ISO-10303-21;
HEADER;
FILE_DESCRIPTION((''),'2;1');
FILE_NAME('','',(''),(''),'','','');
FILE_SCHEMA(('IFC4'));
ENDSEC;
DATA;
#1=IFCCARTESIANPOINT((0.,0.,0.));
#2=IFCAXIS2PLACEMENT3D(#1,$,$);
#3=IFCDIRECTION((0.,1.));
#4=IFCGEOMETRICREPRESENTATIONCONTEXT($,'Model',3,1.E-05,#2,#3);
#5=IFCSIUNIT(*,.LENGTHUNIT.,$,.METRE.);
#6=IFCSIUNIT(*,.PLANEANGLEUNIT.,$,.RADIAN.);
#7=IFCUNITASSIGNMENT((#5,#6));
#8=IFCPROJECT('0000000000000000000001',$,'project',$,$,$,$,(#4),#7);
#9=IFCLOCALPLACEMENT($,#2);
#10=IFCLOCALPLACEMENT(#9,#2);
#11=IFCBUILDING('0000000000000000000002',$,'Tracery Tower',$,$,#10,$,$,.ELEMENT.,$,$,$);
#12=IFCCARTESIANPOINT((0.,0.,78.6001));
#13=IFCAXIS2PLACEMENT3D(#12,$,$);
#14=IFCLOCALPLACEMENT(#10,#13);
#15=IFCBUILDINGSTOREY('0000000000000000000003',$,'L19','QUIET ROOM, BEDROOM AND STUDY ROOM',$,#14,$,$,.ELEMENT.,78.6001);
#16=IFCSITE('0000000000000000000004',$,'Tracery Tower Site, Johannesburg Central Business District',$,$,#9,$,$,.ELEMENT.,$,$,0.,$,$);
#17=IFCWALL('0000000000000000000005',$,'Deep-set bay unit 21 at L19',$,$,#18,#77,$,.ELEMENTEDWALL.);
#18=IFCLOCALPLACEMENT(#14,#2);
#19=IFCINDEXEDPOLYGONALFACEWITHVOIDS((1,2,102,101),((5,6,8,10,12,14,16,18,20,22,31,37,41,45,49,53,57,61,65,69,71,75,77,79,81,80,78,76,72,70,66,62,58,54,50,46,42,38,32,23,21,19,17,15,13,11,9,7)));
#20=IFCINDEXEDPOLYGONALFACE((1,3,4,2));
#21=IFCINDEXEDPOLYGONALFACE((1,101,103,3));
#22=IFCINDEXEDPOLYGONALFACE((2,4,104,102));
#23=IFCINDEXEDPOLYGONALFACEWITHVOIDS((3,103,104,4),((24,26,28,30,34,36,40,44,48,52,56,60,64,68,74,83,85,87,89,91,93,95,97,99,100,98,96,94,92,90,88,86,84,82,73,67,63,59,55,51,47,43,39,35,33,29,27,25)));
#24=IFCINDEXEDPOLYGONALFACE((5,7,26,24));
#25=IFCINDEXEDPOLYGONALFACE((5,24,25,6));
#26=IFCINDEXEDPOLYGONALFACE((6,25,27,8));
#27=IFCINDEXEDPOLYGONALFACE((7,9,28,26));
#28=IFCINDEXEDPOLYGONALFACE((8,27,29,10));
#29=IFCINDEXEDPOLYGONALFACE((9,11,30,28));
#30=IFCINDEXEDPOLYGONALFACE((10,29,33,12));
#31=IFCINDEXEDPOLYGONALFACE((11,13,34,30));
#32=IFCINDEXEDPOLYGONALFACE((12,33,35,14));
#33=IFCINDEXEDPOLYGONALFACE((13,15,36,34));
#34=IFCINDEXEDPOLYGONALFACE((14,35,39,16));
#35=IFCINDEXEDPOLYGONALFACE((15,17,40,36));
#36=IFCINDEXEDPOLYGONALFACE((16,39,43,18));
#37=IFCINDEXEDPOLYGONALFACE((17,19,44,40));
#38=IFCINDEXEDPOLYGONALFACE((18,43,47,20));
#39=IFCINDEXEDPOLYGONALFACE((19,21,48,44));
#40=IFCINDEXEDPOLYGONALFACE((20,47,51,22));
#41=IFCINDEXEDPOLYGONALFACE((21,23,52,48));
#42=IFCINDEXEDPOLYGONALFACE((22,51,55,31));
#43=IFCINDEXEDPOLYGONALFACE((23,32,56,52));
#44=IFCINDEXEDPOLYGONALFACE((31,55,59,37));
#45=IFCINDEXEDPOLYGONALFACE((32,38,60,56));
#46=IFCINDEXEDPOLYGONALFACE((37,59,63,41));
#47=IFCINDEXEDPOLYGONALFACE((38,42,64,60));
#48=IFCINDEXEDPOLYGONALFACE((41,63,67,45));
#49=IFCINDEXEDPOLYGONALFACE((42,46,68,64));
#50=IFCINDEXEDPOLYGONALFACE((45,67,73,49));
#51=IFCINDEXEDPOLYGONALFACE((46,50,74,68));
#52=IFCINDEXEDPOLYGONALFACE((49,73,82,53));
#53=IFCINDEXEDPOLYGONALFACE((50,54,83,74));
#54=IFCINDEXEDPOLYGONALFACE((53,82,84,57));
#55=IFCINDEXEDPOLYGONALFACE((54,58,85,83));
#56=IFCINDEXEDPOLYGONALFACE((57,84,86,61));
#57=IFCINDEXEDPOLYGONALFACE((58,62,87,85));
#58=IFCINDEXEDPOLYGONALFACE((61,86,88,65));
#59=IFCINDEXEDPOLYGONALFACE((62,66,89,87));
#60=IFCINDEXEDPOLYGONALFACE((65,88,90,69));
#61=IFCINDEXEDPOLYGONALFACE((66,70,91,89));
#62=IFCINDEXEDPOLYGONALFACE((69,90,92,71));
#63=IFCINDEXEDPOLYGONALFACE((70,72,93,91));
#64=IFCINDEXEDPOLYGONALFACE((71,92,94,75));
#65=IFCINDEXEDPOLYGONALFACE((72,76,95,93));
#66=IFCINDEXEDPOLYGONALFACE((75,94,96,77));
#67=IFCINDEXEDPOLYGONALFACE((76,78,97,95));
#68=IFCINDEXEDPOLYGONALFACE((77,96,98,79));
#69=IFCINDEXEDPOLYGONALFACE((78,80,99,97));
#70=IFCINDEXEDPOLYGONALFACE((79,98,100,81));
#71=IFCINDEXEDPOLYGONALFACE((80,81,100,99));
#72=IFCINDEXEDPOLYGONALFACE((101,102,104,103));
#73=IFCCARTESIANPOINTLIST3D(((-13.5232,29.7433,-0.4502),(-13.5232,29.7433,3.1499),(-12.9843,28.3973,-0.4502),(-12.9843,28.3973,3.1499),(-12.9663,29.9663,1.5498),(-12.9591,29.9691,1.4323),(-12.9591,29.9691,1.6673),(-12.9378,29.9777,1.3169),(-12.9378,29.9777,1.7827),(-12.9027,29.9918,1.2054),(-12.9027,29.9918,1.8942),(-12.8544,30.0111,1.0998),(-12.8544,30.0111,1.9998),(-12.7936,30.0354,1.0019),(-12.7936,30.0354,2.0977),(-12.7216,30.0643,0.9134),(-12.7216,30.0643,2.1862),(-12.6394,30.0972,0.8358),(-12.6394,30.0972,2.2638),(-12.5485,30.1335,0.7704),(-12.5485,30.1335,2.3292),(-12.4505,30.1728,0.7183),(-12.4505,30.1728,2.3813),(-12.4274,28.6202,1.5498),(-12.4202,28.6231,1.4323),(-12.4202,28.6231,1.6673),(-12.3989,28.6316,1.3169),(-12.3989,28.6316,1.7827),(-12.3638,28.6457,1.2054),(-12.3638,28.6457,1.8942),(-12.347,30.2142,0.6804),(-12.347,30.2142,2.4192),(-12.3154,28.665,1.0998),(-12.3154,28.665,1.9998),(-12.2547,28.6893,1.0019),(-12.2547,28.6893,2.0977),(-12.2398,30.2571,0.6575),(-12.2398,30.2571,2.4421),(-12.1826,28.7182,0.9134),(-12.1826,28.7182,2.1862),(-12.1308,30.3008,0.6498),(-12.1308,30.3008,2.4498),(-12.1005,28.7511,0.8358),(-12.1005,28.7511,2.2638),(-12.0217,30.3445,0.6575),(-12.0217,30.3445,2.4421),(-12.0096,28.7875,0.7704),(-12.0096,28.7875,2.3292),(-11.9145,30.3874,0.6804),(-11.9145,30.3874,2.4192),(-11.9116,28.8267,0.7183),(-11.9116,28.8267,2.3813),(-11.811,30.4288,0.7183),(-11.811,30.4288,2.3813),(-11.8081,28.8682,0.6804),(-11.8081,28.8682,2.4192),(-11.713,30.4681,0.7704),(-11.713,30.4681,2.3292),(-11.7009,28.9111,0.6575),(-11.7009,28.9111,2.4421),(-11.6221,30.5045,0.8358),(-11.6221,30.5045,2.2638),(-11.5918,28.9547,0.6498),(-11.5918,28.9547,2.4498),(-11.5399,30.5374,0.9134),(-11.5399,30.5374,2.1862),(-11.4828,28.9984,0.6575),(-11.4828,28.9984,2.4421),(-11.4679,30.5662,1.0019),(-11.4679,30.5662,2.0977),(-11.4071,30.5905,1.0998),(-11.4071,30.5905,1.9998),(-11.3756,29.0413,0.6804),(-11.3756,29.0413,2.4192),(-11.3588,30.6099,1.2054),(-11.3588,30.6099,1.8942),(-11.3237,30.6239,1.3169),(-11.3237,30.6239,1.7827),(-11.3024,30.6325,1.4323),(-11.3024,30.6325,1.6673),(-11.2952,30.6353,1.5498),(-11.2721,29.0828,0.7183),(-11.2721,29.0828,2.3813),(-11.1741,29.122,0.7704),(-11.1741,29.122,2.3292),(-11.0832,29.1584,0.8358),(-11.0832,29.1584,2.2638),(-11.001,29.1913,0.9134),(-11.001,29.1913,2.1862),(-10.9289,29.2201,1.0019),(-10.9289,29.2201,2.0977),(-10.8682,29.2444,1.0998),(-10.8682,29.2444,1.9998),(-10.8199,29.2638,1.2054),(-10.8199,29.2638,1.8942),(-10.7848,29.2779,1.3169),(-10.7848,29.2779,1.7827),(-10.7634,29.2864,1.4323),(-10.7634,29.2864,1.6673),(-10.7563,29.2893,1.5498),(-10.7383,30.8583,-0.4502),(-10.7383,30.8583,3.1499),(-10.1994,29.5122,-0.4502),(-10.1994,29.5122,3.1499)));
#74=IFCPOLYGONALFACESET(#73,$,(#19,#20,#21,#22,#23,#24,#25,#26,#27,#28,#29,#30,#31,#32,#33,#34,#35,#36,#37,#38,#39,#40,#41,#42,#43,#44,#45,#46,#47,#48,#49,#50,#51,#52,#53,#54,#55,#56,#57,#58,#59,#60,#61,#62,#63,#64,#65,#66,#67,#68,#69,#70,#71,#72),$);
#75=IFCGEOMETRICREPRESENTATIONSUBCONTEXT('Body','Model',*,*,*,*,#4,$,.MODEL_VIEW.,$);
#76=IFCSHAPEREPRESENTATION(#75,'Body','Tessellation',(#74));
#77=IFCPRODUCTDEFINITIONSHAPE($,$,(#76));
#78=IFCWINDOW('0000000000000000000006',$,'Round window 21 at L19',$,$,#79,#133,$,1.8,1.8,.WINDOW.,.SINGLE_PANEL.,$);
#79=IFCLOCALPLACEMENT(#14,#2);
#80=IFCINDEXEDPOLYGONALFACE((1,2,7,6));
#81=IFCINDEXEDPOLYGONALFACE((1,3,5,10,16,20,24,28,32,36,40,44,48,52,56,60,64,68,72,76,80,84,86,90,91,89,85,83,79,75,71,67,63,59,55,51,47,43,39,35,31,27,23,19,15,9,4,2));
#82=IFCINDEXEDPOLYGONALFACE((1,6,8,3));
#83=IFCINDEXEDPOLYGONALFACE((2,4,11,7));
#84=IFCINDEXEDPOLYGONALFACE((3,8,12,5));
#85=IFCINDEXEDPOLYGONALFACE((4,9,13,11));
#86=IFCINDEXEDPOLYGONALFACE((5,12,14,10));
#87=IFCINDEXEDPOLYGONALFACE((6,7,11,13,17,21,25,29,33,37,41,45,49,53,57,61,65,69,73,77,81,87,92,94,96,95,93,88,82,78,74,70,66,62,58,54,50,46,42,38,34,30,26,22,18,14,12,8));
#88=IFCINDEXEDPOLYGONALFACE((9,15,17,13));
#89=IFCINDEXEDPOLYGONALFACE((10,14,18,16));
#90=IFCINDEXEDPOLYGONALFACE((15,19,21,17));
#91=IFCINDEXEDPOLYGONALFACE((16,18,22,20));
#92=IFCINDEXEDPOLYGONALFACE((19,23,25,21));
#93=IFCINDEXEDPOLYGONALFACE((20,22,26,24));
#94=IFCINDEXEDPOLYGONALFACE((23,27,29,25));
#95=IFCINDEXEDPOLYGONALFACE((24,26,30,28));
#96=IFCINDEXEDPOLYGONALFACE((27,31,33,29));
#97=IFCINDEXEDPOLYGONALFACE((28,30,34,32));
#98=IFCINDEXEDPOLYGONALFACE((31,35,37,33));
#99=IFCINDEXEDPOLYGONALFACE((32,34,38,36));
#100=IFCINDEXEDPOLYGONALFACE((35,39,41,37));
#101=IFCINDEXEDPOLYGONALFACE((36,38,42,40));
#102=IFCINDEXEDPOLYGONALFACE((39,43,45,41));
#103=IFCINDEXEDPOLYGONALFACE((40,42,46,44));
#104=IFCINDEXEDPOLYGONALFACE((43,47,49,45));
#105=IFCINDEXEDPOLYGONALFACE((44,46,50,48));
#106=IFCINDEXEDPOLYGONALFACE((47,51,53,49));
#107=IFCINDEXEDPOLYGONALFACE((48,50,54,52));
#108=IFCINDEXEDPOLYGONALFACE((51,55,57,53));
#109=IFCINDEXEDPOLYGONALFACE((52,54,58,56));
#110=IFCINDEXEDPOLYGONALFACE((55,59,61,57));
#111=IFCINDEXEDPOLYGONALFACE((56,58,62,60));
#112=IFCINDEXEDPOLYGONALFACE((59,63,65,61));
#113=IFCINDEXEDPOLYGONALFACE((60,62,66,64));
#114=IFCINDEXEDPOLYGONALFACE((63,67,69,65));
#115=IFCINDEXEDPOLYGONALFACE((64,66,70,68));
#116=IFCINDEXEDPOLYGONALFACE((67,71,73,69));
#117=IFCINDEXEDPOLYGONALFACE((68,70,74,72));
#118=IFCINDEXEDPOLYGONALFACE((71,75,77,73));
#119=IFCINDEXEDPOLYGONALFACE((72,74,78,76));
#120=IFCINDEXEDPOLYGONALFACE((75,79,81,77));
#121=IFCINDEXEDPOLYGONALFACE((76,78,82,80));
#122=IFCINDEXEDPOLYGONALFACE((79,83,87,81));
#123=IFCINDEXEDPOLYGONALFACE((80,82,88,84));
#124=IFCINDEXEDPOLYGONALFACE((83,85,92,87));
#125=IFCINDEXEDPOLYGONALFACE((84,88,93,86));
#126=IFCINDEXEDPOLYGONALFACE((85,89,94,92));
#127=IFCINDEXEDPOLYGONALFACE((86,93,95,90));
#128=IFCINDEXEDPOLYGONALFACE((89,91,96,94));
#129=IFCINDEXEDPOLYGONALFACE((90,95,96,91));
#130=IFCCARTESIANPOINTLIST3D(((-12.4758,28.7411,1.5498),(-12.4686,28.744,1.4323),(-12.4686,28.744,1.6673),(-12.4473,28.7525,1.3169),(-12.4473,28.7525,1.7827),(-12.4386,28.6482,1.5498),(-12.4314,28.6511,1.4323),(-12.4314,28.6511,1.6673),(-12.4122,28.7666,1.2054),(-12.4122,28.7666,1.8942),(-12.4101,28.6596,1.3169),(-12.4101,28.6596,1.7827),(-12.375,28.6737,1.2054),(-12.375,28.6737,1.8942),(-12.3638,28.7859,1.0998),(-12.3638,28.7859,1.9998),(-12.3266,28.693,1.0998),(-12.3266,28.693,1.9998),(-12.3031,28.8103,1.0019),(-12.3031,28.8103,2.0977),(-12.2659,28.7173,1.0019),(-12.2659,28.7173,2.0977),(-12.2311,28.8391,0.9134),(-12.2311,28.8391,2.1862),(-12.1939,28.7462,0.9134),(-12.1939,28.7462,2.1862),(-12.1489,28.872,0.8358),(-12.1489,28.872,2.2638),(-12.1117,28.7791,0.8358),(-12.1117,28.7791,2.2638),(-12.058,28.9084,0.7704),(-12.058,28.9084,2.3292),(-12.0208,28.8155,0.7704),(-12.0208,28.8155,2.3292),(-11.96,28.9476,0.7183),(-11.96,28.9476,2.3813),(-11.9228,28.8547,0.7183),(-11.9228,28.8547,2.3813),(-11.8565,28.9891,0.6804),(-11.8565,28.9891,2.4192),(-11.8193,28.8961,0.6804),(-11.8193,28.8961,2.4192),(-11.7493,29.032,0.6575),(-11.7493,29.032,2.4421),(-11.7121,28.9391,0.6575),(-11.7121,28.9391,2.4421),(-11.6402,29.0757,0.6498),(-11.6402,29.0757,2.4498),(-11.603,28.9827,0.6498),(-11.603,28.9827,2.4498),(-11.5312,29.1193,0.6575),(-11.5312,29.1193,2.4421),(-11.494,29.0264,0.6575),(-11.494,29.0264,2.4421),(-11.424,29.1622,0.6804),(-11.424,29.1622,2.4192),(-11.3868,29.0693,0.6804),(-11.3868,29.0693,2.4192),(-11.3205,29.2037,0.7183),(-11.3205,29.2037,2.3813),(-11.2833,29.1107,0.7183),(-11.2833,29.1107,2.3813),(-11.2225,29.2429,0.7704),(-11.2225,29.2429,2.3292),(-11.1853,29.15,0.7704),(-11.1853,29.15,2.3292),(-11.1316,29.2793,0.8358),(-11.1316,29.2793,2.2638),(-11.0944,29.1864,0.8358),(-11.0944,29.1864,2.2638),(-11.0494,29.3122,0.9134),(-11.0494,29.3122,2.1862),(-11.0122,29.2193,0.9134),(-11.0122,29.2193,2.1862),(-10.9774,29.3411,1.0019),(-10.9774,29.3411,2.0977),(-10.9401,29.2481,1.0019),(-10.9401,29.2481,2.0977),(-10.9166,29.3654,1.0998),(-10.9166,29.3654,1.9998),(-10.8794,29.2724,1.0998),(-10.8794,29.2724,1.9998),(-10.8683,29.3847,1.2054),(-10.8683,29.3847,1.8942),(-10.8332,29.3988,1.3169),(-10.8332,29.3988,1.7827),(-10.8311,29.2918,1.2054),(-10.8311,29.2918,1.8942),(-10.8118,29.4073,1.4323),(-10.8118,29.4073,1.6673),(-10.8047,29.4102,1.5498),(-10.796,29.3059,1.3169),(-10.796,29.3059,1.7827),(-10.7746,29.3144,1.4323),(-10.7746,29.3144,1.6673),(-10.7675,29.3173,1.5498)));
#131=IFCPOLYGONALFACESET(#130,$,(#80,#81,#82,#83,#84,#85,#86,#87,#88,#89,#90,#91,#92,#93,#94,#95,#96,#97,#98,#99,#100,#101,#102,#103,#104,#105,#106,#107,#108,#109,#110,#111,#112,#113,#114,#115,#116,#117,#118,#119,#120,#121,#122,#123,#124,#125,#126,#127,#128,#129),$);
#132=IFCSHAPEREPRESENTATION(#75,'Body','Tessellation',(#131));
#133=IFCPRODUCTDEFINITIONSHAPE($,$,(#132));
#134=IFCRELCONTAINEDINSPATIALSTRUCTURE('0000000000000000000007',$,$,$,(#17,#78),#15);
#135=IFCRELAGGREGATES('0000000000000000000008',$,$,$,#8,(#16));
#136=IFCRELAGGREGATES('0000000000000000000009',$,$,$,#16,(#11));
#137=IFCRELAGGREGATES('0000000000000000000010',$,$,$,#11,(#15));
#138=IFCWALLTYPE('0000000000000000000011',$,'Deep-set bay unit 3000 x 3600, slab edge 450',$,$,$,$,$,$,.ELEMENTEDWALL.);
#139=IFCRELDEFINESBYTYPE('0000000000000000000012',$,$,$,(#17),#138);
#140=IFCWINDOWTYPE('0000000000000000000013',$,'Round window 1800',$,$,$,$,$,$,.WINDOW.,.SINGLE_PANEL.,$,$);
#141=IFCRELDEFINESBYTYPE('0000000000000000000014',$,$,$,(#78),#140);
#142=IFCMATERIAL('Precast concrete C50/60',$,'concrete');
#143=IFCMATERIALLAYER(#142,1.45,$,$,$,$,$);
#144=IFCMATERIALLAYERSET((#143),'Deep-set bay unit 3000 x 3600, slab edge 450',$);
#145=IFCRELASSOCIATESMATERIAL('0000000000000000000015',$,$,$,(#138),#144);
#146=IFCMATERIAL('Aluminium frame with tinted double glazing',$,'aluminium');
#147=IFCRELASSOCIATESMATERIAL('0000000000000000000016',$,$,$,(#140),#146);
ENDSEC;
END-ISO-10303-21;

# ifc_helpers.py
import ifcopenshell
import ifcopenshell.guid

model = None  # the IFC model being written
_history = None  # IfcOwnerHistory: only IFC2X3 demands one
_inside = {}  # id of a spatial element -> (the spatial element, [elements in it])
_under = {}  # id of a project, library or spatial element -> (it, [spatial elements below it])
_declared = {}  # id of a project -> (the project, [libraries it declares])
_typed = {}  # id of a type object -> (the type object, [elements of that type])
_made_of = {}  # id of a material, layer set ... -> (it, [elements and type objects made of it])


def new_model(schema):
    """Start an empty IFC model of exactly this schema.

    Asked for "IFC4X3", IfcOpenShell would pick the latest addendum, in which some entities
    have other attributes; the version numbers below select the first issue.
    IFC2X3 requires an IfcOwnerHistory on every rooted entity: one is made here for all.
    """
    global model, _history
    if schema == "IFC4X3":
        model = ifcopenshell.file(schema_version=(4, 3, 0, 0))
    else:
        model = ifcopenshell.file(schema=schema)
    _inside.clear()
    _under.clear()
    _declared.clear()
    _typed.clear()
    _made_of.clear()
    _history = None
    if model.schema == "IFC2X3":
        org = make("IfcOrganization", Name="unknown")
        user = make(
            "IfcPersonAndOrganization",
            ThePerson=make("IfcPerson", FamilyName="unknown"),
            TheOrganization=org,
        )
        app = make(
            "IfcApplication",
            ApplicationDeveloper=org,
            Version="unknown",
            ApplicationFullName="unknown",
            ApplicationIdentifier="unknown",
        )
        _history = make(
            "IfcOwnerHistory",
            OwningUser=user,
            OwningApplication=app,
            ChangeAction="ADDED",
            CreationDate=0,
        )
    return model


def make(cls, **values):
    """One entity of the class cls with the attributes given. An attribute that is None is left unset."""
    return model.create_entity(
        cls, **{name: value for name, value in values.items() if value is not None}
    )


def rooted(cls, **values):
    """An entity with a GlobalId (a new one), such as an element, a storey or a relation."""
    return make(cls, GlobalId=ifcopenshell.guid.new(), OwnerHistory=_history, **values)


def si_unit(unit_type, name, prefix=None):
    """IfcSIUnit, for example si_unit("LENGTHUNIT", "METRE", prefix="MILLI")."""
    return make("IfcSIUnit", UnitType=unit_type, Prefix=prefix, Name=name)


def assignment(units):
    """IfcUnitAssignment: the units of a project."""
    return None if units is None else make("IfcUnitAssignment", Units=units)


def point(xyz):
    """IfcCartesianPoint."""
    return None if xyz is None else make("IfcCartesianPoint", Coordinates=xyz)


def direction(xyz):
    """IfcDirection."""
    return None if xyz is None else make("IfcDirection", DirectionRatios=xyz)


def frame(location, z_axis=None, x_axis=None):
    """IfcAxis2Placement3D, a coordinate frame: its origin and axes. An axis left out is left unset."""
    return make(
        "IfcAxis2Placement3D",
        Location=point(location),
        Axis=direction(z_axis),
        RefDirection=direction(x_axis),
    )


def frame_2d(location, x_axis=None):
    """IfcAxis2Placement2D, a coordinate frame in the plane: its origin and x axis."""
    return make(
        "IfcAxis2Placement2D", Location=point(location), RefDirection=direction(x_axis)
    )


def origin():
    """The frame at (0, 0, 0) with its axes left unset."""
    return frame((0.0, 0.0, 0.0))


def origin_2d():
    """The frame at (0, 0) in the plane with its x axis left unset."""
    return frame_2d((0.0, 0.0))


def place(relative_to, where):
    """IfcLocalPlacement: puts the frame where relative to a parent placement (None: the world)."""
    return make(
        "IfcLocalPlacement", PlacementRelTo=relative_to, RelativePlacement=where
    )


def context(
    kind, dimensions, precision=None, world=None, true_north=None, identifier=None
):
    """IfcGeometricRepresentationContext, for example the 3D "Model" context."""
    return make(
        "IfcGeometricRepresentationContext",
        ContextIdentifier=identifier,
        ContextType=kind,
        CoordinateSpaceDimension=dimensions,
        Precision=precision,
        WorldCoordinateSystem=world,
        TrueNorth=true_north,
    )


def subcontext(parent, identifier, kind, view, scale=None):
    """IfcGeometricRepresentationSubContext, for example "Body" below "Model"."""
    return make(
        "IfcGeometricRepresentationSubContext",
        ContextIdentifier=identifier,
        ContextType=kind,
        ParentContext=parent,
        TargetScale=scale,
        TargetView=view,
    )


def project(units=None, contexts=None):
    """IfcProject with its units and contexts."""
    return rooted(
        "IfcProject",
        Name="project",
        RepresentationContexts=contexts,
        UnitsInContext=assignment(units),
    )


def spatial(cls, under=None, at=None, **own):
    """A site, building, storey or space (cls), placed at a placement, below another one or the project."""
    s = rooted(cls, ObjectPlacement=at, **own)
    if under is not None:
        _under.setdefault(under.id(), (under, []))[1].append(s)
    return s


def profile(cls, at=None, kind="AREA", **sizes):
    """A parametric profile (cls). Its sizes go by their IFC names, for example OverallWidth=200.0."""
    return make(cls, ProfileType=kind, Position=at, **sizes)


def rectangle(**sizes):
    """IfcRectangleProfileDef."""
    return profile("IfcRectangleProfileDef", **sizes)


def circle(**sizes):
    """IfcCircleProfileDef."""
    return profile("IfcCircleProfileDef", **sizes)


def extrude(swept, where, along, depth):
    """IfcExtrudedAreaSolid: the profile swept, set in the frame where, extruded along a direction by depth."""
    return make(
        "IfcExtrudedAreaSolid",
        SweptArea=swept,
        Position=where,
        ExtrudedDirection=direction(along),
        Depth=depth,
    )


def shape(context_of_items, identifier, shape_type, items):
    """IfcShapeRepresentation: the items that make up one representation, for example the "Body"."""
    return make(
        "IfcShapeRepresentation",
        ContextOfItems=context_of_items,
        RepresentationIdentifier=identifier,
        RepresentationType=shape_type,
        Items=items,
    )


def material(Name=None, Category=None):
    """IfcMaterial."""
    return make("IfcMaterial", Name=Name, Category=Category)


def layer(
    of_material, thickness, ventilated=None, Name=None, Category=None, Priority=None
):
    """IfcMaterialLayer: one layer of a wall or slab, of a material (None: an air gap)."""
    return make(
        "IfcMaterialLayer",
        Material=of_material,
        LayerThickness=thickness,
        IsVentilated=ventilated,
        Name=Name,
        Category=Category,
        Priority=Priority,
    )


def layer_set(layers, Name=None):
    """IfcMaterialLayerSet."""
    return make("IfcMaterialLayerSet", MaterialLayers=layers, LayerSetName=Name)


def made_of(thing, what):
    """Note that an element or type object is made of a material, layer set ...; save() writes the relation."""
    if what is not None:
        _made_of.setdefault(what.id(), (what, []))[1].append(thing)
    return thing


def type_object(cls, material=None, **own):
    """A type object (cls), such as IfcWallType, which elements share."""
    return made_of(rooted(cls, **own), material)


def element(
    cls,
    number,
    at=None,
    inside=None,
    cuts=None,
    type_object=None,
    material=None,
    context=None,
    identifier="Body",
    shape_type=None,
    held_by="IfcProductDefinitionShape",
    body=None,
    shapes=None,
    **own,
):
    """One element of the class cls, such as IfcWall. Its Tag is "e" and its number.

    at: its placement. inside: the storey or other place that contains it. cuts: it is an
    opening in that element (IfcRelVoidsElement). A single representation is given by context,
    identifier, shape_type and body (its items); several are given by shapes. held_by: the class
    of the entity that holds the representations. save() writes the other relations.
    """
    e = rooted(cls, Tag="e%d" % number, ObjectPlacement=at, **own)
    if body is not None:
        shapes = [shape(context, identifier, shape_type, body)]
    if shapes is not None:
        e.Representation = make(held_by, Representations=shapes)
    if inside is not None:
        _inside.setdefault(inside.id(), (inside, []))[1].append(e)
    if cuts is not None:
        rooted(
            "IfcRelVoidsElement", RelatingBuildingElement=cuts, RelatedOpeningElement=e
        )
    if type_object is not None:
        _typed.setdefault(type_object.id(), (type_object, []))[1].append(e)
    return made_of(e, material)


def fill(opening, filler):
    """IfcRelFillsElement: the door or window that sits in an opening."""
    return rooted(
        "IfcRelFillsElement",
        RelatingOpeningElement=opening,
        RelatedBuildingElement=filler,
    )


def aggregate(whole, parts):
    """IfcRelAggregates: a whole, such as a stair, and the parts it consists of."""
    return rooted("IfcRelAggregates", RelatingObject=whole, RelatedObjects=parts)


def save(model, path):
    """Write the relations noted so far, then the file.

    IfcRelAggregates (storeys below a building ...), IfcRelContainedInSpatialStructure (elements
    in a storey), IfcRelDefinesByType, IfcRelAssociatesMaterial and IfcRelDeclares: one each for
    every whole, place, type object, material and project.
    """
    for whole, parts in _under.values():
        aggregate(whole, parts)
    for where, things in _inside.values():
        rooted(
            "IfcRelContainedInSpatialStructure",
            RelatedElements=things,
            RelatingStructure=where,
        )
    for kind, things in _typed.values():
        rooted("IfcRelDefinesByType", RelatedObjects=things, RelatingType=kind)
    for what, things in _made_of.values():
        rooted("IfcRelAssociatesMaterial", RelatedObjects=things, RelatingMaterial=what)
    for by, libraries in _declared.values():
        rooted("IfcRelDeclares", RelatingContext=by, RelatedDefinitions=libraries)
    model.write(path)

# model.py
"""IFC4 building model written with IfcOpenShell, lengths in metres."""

from ifc_helpers import new_model, si_unit, direction, frame, frame_2d, origin, origin_2d, place, context, subcontext, project, spatial, rectangle, circle, extrude, material, layer, layer_set, type_object, element, fill, save


model = new_model("IFC4")

# Units and contexts
model_context = context("Model", 3, precision=1e-05, world=origin(), true_north=direction((0.0, 1.0)))
body_context = subcontext(model_context, "Body", "Model", "MODEL_VIEW")
ifc_project = project(units=[si_unit("LENGTHUNIT", "METRE"), si_unit("PLANEANGLEUNIT", "RADIAN")], contexts=[model_context])

# Site, building, storey
site_placement = place(None, origin())
site = spatial("IfcSite", under=ifc_project, at=site_placement, Name="Tracery Tower Site, Johannesburg Central Business District", CompositionType="ELEMENT", RefElevation=0.0)
building_placement = place(site_placement, origin())
building = spatial("IfcBuilding", under=site, at=building_placement, Name="Tracery Tower", CompositionType="ELEMENT")
storey_placement = place(building_placement, frame((0.0, 0.0, 78.6001)))
storey = spatial("IfcBuildingStorey", under=building, at=storey_placement, Name="L19", Description="QUIET ROOM, BEDROOM AND STUDY ROOM", CompositionType="ELEMENT", Elevation=78.6001)

# Wall, opening, window
ifc_material_1 = material(Name="Precast concrete C50/60", Category="concrete")
ifc_layer_1 = layer(ifc_material_1, 1.45)
ifc_layer_set_1 = layer_set([ifc_layer_1], Name="Deep-set bay unit 3000 x 3600, slab edge 450")
wall_type_1 = type_object("IfcWallType", Name="Deep-set bay unit 3000 x 3600, slab edge 450", PredefinedType="ELEMENTEDWALL", material=ifc_layer_set_1)
ifc_material_2 = material(Name="Aluminium frame with tinted double glazing", Category="aluminium")
window_type = type_object("IfcWindowType", Name="Round window 1800", PartitioningType="SINGLE_PANEL", PredefinedType="WINDOW", material=ifc_material_2)
wall_1_placement = place(storey_placement, frame((-10.4688, 30.1853, -0.4502), z_axis=(0.0, 0.0, 1.0), x_axis=(-0.928359, -0.371685, 0.0)))
wall_1 = element("IfcWall", 1, at=wall_1_placement, inside=storey, type_object=wall_type_1, Name="Deep-set bay unit 21 at L19", PredefinedType="ELEMENTEDWALL", context=body_context, shape_type="SweptSolid", body=[
    extrude(rectangle(XDim=2.9998, YDim=1.45, at=frame_2d((1.5, 0.0))), origin(), (0.0, 0.0, 1.0), 3.6001),
])
opening_1_placement = place(wall_1_placement, frame((1.5, 0.0, 2.0)))
opening_1 = element("IfcOpeningElement", 2, at=opening_1_placement, cuts=wall_1, PredefinedType="OPENING", context=body_context, shape_type="SweptSolid", body=[
    extrude(circle(Radius=0.9, at=origin_2d()), frame((0.0, 0.7349, 0.0), z_axis=(0.0, -1.0, 0.0), x_axis=(1.0, 0.0, 0.0)), (0.0, 0.0, 1.0), 1.47),
])
window_1_placement = place(opening_1_placement, origin())
window_1 = element("IfcWindow", 3, at=window_1_placement, inside=storey, type_object=window_type, Name="Round window 21 at L19", OverallHeight=1.8, OverallWidth=1.8, PartitioningType="SINGLE_PANEL", PredefinedType="WINDOW", context=body_context, shape_type="SweptSolid", body=[
    extrude(circle(Radius=0.9, at=origin_2d()), frame((0.0, 0.6948, 0.0), z_axis=(0.0, -1.0, 0.0), x_axis=(1.0, 0.0, 0.0)), (0.0, 0.0, 1.0), 0.1001),
])
fill(opening_1, window_1)

save(model, "model.ifc")
